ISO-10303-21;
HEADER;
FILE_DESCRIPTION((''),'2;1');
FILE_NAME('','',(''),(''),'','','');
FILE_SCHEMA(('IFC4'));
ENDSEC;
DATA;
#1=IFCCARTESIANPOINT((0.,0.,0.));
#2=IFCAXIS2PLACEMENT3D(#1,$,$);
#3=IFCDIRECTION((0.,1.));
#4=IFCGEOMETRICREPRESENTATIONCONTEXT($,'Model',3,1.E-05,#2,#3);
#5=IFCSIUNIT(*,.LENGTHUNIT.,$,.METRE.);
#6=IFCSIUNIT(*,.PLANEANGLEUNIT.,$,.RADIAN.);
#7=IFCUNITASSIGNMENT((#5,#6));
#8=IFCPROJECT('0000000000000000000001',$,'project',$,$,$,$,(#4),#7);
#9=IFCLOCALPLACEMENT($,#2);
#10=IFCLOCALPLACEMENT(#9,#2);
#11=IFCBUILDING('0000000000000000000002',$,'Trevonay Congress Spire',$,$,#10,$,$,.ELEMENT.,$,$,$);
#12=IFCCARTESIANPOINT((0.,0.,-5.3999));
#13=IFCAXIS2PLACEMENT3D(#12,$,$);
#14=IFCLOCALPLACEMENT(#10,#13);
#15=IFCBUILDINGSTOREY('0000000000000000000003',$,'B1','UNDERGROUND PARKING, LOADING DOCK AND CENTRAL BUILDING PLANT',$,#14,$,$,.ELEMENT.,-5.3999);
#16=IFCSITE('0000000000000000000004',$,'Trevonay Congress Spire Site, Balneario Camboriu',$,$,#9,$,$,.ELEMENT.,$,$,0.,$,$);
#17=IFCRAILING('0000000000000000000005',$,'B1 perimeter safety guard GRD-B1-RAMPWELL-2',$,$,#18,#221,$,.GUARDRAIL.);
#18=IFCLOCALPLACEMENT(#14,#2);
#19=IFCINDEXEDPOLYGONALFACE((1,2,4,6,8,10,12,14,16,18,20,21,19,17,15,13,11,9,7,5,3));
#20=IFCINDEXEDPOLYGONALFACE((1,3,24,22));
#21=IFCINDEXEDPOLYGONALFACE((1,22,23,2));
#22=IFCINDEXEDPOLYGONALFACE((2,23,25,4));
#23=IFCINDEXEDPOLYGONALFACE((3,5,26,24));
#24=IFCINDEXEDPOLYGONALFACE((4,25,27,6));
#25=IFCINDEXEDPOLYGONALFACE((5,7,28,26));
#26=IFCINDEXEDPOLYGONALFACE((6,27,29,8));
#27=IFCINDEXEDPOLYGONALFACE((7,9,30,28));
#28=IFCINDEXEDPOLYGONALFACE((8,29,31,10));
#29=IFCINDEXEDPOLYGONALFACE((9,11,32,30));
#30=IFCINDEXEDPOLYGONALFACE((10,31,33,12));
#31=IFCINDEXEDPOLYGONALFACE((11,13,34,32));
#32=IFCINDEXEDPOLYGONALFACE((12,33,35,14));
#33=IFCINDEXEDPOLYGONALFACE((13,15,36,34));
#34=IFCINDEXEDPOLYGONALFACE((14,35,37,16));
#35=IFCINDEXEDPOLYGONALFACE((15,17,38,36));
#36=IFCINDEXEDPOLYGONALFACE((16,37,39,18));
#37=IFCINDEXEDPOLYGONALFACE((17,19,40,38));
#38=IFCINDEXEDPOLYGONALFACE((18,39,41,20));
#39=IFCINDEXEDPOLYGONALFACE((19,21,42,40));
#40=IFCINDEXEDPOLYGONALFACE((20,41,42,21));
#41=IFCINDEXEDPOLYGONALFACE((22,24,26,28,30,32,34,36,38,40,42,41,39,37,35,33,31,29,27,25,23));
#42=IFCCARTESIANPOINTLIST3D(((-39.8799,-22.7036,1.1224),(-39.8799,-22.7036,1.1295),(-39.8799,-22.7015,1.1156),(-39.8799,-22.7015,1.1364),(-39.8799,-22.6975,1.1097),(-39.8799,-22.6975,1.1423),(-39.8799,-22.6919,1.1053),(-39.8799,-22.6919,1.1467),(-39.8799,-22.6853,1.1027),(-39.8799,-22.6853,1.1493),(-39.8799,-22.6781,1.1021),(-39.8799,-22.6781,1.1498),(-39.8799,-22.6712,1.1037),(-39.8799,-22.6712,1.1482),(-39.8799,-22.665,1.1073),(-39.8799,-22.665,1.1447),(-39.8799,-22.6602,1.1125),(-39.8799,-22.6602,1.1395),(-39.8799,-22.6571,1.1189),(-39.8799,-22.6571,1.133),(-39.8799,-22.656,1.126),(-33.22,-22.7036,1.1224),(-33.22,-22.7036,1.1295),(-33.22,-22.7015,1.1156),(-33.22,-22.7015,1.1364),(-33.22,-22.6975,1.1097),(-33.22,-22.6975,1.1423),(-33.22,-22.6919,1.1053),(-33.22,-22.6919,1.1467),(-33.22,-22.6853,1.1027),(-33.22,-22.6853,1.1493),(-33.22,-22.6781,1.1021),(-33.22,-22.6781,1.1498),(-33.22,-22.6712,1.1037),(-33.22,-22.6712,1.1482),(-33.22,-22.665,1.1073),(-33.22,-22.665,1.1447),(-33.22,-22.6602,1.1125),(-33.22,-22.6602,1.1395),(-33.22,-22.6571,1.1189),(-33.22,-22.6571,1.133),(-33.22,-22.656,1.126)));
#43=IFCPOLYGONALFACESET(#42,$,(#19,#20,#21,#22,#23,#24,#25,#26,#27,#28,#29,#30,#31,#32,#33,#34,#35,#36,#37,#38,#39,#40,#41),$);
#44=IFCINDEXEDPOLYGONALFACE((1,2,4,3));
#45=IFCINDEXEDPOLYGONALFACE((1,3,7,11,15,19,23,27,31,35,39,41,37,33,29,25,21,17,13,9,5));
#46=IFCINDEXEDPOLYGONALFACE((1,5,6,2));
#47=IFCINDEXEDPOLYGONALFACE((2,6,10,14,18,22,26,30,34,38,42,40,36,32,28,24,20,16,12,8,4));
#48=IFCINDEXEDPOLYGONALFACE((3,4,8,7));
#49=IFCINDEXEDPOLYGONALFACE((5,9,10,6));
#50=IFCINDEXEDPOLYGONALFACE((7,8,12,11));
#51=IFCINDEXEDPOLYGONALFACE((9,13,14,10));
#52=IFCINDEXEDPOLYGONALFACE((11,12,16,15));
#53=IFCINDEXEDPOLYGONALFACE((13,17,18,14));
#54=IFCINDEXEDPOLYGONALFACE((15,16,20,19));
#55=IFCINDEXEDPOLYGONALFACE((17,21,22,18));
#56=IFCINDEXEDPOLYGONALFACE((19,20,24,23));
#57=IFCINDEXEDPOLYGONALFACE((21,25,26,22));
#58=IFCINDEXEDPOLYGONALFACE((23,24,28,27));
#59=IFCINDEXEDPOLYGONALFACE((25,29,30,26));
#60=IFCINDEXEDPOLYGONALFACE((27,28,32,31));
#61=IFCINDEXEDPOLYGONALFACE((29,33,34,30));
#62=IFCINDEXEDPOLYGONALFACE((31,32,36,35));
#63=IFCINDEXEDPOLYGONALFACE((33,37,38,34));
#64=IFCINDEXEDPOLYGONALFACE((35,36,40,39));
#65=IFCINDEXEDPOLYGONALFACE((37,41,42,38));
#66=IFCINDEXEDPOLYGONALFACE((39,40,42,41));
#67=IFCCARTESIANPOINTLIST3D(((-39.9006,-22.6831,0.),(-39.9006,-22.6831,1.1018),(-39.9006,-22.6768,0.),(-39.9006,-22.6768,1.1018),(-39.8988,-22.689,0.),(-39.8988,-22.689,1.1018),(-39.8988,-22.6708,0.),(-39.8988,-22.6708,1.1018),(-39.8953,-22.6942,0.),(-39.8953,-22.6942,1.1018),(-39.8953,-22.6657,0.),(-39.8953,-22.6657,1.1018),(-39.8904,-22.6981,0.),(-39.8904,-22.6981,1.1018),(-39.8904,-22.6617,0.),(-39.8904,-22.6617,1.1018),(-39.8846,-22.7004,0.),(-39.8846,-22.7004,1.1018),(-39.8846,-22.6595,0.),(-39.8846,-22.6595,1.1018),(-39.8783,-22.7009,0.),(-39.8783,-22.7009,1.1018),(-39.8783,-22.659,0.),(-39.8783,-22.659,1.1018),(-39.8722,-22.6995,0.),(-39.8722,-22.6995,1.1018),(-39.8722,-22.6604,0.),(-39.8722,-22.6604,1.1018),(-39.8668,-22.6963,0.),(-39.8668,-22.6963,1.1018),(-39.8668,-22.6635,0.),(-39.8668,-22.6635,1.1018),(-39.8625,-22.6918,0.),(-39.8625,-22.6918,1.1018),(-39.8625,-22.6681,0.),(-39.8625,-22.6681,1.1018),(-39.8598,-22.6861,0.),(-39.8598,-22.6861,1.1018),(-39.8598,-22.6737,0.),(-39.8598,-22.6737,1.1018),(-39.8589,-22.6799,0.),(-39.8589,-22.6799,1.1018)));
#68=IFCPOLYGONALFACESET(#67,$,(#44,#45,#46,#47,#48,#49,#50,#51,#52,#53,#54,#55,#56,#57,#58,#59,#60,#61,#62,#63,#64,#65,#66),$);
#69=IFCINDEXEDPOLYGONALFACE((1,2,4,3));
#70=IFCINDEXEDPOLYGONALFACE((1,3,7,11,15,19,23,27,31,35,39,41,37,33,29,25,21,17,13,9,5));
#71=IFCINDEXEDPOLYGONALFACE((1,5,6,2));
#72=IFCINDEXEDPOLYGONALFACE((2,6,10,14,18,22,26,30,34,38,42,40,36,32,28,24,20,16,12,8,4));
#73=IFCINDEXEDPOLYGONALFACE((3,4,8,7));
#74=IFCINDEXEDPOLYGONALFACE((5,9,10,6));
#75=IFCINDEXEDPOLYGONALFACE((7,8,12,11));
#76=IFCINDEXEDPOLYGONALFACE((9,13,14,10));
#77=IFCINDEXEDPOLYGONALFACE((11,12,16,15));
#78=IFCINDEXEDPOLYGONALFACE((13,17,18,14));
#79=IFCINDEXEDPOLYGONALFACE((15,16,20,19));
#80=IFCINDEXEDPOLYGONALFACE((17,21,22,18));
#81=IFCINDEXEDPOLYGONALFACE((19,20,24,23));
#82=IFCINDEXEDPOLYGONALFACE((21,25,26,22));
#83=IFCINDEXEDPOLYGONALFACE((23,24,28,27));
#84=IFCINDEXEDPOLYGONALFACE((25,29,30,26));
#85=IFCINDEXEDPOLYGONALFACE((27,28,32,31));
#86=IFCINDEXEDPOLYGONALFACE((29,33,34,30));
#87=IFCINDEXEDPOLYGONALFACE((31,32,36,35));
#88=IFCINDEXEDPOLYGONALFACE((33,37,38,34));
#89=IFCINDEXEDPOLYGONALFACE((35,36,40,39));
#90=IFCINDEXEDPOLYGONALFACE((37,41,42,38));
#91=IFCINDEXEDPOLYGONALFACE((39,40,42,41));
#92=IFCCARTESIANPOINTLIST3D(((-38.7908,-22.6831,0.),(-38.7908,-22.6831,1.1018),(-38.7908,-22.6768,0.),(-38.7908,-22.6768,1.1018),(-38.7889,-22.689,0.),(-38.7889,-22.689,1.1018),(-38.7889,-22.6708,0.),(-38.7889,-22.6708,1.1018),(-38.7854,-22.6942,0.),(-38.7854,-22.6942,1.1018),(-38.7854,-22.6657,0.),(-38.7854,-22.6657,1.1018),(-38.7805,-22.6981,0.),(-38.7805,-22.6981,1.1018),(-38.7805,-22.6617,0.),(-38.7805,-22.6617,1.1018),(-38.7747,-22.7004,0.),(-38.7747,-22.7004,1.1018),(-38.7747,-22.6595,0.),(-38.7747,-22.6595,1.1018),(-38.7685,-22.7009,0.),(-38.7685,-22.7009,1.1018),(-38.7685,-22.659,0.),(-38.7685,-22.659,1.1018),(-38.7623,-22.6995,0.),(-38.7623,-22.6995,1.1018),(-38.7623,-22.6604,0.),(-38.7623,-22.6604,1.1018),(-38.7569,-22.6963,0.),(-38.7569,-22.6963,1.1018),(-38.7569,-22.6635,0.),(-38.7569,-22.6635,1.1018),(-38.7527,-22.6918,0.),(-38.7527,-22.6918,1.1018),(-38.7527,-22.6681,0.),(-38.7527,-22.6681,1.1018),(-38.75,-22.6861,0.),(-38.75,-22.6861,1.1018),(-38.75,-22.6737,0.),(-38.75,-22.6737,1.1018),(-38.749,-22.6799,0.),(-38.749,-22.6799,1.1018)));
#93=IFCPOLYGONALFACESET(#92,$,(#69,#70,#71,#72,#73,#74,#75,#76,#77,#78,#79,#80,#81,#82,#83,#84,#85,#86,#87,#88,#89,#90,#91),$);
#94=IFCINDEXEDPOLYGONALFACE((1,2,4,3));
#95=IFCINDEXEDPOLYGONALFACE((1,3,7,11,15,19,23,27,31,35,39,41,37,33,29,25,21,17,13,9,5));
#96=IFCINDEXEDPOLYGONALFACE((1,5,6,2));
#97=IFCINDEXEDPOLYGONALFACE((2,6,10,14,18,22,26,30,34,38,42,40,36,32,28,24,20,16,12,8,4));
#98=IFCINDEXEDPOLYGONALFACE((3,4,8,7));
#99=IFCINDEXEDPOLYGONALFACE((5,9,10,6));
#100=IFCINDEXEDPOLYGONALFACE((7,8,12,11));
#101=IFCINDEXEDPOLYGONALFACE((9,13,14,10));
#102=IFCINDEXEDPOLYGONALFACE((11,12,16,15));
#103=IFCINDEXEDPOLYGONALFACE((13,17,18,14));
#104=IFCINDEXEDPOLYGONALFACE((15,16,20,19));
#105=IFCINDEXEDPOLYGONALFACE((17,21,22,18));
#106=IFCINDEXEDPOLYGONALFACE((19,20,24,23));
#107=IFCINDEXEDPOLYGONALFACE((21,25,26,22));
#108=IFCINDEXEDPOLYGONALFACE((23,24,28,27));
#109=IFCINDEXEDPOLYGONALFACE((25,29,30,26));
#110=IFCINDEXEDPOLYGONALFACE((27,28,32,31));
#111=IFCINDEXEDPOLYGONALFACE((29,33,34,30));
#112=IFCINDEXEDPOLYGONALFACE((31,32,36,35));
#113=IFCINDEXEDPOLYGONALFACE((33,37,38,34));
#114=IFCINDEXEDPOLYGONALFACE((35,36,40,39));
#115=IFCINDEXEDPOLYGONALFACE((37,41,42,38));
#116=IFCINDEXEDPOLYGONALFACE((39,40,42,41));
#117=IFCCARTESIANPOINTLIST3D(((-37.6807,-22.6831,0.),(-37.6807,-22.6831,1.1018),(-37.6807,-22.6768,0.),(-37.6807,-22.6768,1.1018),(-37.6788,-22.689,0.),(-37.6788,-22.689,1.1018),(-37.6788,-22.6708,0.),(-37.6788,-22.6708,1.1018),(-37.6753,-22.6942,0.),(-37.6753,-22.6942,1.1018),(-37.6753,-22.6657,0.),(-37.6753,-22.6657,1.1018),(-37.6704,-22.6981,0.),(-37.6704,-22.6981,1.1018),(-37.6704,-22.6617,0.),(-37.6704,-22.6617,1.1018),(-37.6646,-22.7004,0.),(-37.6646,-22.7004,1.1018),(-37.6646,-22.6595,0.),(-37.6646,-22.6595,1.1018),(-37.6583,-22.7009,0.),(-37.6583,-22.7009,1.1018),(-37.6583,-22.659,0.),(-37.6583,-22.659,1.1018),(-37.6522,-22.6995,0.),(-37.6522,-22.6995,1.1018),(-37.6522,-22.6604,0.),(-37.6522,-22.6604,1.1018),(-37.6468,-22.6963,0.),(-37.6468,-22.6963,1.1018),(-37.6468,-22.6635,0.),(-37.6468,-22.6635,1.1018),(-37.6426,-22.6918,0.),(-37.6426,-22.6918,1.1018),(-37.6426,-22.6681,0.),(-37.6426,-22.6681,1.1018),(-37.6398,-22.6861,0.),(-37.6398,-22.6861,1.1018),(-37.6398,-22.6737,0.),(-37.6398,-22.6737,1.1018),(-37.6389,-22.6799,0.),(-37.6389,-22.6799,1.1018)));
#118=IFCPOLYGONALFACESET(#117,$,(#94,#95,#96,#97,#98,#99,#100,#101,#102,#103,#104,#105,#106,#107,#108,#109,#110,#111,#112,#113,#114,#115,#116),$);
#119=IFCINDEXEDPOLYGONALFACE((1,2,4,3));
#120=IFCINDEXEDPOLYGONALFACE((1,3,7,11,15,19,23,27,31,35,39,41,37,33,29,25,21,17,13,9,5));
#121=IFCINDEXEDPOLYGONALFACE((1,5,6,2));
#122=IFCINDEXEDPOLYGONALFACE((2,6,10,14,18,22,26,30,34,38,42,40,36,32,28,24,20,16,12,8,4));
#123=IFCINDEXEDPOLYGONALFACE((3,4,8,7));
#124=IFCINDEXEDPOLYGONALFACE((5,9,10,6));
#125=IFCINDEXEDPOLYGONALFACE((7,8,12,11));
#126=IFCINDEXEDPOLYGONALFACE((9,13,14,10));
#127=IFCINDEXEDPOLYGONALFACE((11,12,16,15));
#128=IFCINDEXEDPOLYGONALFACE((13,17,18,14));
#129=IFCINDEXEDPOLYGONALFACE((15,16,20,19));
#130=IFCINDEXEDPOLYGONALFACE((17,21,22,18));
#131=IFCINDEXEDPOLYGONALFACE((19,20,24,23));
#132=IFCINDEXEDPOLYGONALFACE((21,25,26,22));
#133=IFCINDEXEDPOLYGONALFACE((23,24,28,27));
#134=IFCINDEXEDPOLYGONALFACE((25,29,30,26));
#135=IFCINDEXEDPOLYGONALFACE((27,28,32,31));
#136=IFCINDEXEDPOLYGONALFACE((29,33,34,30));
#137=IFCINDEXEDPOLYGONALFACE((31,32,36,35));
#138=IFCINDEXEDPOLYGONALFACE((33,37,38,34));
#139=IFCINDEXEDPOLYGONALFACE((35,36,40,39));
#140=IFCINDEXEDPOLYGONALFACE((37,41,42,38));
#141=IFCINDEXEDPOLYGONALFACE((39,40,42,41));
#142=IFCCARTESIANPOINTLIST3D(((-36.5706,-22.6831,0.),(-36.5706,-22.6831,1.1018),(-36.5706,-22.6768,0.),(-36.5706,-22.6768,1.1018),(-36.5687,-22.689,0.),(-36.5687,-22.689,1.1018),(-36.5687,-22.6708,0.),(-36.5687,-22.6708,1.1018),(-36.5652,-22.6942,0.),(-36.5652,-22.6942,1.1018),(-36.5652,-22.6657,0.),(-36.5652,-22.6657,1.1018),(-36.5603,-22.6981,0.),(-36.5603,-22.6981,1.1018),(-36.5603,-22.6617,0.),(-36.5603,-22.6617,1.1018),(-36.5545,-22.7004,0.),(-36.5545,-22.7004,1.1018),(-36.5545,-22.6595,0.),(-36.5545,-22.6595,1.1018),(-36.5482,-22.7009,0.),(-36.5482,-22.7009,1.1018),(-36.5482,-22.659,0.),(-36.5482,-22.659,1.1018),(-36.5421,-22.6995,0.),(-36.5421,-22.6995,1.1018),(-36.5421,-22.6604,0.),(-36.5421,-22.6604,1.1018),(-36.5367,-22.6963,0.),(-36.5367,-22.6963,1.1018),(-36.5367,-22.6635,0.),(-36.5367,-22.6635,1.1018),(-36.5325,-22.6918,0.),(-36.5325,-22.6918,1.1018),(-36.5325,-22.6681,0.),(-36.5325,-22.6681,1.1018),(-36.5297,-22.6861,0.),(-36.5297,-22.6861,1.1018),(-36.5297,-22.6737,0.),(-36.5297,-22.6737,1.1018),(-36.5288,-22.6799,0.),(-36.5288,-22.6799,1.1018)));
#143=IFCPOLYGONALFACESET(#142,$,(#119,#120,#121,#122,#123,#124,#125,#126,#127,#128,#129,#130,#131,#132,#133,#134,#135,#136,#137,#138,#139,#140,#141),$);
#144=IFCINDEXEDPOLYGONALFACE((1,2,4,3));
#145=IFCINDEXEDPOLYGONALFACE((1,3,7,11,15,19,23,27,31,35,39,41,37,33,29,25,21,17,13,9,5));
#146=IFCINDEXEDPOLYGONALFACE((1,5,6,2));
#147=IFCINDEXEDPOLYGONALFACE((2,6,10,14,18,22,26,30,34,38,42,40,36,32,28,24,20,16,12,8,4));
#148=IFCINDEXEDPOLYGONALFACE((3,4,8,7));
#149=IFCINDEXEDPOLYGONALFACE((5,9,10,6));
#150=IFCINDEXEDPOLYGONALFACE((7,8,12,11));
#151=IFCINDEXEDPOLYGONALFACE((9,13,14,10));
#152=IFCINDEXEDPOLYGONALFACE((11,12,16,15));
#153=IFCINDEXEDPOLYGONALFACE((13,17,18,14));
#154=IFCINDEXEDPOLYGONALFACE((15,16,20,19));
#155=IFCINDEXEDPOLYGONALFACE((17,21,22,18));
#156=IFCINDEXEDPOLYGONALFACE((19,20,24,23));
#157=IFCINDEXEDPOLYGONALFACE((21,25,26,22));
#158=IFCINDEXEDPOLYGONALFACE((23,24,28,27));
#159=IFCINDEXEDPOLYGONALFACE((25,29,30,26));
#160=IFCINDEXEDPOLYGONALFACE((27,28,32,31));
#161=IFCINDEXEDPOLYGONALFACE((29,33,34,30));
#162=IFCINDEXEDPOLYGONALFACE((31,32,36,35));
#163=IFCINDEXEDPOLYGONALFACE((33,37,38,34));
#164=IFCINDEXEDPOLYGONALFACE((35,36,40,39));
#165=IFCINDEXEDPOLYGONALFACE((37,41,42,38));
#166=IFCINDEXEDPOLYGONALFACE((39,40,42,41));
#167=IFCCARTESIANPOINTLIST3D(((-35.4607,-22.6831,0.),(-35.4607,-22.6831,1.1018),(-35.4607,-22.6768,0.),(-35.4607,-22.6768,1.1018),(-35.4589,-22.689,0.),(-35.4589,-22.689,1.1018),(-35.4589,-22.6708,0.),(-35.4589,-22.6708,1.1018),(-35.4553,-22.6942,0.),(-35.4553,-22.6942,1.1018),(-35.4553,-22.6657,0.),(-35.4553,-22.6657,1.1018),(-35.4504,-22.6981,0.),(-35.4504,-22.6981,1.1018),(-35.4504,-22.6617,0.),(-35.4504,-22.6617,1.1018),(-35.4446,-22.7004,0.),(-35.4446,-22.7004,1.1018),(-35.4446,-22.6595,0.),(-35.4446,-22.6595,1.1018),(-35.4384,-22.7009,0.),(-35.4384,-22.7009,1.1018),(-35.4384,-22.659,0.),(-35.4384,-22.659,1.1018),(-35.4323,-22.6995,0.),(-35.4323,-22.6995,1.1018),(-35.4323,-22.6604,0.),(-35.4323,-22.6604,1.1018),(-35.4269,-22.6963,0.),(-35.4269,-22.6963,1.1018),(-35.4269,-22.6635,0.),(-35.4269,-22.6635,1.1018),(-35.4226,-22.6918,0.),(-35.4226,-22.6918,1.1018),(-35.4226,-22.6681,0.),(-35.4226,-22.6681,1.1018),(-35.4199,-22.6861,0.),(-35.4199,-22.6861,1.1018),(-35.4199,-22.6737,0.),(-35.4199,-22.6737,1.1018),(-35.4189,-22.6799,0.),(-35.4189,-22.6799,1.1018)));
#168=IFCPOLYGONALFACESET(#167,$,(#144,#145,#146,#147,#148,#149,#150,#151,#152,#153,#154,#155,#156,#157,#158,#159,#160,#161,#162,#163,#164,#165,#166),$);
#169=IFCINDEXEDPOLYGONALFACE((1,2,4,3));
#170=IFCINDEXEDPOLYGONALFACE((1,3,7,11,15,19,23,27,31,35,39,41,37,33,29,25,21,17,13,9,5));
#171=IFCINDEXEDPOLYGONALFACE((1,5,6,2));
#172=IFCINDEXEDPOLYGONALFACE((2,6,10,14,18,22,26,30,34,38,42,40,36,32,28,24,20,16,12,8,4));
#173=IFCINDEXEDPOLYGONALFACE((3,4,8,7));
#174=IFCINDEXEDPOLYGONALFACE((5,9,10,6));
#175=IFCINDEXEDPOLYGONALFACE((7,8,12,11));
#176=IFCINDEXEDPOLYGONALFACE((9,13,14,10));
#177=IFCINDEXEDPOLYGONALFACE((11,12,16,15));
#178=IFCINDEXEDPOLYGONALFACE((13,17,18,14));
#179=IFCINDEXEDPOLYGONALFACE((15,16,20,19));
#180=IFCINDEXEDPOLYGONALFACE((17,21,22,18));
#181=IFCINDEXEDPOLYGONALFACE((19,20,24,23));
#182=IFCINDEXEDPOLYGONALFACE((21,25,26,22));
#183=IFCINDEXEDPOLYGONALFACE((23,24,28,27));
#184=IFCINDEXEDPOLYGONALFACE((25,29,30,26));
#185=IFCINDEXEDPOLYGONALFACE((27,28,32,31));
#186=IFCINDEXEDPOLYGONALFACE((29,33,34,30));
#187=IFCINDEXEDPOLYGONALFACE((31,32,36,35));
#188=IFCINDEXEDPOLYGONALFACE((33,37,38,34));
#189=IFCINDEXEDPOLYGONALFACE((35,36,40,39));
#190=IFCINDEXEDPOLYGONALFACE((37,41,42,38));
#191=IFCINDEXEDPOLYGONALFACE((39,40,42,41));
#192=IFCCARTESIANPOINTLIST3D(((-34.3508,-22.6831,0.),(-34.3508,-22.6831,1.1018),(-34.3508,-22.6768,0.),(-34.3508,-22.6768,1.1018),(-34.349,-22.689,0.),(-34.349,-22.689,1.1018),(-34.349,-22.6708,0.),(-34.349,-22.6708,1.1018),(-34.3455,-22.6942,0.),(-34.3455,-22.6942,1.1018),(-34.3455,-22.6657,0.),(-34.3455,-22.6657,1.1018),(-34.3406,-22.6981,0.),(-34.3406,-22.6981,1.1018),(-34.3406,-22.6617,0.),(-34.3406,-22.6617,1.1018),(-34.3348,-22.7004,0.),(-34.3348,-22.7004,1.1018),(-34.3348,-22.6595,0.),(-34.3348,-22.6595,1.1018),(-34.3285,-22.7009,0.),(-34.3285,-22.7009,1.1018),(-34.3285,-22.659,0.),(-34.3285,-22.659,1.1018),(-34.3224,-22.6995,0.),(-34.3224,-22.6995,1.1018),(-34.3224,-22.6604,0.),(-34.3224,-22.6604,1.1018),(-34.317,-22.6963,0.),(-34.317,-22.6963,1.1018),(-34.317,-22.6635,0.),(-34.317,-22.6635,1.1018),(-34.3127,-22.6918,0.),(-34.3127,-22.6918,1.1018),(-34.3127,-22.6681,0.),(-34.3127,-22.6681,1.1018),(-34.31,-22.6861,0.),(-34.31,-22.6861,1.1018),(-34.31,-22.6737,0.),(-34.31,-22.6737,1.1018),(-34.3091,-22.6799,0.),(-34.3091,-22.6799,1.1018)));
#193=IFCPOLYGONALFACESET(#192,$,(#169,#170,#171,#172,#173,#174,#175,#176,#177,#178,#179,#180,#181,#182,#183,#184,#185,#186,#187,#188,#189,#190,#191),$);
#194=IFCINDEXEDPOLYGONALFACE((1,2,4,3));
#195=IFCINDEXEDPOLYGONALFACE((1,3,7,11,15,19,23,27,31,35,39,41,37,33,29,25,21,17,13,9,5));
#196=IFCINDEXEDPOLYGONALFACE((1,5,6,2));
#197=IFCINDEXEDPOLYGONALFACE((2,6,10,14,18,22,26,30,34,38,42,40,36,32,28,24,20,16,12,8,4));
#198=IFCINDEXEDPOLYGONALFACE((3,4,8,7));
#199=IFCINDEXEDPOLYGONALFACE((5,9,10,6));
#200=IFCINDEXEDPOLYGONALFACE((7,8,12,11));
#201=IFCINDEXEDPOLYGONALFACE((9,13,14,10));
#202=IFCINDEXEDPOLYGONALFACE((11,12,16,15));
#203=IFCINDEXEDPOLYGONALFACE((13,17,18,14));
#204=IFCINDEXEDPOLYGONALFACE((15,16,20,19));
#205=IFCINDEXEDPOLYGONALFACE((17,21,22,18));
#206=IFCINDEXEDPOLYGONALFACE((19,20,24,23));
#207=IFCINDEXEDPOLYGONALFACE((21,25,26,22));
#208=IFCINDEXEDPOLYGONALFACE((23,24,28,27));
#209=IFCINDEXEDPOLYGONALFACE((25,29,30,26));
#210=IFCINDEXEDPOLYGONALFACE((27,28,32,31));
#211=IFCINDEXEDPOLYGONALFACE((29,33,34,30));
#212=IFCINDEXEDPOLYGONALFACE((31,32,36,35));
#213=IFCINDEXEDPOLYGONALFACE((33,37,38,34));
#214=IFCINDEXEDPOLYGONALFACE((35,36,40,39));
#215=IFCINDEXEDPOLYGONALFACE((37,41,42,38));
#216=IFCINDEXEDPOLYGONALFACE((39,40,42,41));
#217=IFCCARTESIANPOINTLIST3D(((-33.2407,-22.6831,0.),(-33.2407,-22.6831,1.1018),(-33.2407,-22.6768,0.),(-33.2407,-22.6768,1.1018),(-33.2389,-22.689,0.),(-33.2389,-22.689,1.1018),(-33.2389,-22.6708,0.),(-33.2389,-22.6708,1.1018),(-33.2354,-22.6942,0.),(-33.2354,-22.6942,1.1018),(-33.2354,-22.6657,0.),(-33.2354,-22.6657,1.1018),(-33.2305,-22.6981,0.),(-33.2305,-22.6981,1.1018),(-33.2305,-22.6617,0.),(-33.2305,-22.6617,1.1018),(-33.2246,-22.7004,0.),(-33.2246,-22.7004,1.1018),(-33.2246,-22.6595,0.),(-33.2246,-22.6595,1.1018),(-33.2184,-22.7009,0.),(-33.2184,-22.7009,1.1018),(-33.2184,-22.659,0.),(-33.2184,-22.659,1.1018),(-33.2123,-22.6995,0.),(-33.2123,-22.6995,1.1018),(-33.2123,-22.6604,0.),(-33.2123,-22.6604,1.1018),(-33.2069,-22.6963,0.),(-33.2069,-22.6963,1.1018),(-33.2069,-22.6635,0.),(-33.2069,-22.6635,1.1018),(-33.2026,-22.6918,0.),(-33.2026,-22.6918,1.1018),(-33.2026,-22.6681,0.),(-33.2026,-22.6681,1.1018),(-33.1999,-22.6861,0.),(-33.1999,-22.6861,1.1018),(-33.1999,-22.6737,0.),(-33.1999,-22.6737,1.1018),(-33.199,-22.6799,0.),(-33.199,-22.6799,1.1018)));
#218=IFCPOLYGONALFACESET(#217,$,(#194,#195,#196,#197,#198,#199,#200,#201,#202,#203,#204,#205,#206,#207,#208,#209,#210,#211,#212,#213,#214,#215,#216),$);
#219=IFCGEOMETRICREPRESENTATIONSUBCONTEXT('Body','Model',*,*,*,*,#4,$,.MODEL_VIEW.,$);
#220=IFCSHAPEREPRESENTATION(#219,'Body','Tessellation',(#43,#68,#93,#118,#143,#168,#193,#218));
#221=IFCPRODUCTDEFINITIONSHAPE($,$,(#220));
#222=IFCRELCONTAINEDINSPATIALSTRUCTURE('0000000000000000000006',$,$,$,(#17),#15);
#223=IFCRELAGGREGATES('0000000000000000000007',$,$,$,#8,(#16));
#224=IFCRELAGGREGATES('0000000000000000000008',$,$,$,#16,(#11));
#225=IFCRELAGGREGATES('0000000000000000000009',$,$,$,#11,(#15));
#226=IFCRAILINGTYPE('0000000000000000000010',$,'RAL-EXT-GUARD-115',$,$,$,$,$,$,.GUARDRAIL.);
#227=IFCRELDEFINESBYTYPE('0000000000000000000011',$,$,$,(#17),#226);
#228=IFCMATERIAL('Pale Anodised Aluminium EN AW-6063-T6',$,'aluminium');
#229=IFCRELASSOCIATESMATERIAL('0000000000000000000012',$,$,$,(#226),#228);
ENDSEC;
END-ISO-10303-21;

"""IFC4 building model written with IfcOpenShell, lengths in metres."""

from ifc_helpers import new_model, si_unit, direction, frame, origin, origin_2d, place, context, subcontext, project, spatial, circle, extrude, material, type_object, element, save


model = new_model("IFC4")

# Units and contexts
model_context = context("Model", 3, precision=1e-05, world=origin(), true_north=direction((0.0, 1.0)))
body_context = subcontext(model_context, "Body", "Model", "MODEL_VIEW")
ifc_project = project(units=[si_unit("LENGTHUNIT", "METRE"), si_unit("PLANEANGLEUNIT", "RADIAN")], contexts=[model_context])

# Site, building, storey
site_placement = place(None, origin())
site = spatial("IfcSite", under=ifc_project, at=site_placement, Name="Trevonay Congress Spire Site, Balneario Camboriu", CompositionType="ELEMENT", RefElevation=0.0)
building_placement = place(site_placement, origin())
building = spatial("IfcBuilding", under=site, at=building_placement, Name="Trevonay Congress Spire", CompositionType="ELEMENT")
storey_placement = place(building_placement, frame((0.0, 0.0, -5.3999)))
storey = spatial("IfcBuildingStorey", under=building, at=storey_placement, Name="B1", Description="UNDERGROUND PARKING, LOADING DOCK AND CENTRAL BUILDING PLANT", CompositionType="ELEMENT", Elevation=-5.3999)

# Railing
ifc_material_1 = material(Name="Pale Anodised Aluminium EN AW-6063-T6", Category="aluminium")
railing_type_1 = type_object("IfcRailingType", Name="RAL-EXT-GUARD-115", PredefinedType="GUARDRAIL", material=ifc_material_1)
railing_1_placement = place(storey_placement, frame((-39.8799, -22.6799, 0.0)))
element("IfcRailing", 1, at=railing_1_placement, inside=storey, type_object=railing_type_1, Name="B1 perimeter safety guard GRD-B1-RAMPWELL-2", PredefinedType="GUARDRAIL", context=body_context, shape_type="SweptSolid", body=[
    extrude(circle(Radius=0.0239, at=origin_2d()), frame((0.0, 0.0, 1.126), z_axis=(1.0, 0.0, 0.0), x_axis=(0.0, 1.0, 0.0)), (0.0, 0.0, 1.0), 6.6599),
    extrude(circle(Radius=0.021, at=origin_2d()), origin(), (0.0, 0.0, 1.0), 1.1018),
    extrude(circle(Radius=0.021, at=origin_2d()), frame((1.1099, 0.0, 0.0)), (0.0, 0.0, 1.0), 1.1018),
    extrude(circle(Radius=0.021, at=origin_2d()), frame((2.22, 0.0, 0.0)), (0.0, 0.0, 1.0), 1.1018),
    extrude(circle(Radius=0.021, at=origin_2d()), frame((3.3301, 0.0, 0.0)), (0.0, 0.0, 1.0), 1.1018),
    extrude(circle(Radius=0.021, at=origin_2d()), frame((4.4399, 0.0, 0.0)), (0.0, 0.0, 1.0), 1.1018),
    extrude(circle(Radius=0.021, at=origin_2d()), frame((5.5498, 0.0, 0.0)), (0.0, 0.0, 1.0), 1.1018),
    extrude(circle(Radius=0.021, at=origin_2d()), frame((6.6599, 0.0, 0.0)), (0.0, 0.0, 1.0), 1.1018),
])

save(model, "model.ifc")
